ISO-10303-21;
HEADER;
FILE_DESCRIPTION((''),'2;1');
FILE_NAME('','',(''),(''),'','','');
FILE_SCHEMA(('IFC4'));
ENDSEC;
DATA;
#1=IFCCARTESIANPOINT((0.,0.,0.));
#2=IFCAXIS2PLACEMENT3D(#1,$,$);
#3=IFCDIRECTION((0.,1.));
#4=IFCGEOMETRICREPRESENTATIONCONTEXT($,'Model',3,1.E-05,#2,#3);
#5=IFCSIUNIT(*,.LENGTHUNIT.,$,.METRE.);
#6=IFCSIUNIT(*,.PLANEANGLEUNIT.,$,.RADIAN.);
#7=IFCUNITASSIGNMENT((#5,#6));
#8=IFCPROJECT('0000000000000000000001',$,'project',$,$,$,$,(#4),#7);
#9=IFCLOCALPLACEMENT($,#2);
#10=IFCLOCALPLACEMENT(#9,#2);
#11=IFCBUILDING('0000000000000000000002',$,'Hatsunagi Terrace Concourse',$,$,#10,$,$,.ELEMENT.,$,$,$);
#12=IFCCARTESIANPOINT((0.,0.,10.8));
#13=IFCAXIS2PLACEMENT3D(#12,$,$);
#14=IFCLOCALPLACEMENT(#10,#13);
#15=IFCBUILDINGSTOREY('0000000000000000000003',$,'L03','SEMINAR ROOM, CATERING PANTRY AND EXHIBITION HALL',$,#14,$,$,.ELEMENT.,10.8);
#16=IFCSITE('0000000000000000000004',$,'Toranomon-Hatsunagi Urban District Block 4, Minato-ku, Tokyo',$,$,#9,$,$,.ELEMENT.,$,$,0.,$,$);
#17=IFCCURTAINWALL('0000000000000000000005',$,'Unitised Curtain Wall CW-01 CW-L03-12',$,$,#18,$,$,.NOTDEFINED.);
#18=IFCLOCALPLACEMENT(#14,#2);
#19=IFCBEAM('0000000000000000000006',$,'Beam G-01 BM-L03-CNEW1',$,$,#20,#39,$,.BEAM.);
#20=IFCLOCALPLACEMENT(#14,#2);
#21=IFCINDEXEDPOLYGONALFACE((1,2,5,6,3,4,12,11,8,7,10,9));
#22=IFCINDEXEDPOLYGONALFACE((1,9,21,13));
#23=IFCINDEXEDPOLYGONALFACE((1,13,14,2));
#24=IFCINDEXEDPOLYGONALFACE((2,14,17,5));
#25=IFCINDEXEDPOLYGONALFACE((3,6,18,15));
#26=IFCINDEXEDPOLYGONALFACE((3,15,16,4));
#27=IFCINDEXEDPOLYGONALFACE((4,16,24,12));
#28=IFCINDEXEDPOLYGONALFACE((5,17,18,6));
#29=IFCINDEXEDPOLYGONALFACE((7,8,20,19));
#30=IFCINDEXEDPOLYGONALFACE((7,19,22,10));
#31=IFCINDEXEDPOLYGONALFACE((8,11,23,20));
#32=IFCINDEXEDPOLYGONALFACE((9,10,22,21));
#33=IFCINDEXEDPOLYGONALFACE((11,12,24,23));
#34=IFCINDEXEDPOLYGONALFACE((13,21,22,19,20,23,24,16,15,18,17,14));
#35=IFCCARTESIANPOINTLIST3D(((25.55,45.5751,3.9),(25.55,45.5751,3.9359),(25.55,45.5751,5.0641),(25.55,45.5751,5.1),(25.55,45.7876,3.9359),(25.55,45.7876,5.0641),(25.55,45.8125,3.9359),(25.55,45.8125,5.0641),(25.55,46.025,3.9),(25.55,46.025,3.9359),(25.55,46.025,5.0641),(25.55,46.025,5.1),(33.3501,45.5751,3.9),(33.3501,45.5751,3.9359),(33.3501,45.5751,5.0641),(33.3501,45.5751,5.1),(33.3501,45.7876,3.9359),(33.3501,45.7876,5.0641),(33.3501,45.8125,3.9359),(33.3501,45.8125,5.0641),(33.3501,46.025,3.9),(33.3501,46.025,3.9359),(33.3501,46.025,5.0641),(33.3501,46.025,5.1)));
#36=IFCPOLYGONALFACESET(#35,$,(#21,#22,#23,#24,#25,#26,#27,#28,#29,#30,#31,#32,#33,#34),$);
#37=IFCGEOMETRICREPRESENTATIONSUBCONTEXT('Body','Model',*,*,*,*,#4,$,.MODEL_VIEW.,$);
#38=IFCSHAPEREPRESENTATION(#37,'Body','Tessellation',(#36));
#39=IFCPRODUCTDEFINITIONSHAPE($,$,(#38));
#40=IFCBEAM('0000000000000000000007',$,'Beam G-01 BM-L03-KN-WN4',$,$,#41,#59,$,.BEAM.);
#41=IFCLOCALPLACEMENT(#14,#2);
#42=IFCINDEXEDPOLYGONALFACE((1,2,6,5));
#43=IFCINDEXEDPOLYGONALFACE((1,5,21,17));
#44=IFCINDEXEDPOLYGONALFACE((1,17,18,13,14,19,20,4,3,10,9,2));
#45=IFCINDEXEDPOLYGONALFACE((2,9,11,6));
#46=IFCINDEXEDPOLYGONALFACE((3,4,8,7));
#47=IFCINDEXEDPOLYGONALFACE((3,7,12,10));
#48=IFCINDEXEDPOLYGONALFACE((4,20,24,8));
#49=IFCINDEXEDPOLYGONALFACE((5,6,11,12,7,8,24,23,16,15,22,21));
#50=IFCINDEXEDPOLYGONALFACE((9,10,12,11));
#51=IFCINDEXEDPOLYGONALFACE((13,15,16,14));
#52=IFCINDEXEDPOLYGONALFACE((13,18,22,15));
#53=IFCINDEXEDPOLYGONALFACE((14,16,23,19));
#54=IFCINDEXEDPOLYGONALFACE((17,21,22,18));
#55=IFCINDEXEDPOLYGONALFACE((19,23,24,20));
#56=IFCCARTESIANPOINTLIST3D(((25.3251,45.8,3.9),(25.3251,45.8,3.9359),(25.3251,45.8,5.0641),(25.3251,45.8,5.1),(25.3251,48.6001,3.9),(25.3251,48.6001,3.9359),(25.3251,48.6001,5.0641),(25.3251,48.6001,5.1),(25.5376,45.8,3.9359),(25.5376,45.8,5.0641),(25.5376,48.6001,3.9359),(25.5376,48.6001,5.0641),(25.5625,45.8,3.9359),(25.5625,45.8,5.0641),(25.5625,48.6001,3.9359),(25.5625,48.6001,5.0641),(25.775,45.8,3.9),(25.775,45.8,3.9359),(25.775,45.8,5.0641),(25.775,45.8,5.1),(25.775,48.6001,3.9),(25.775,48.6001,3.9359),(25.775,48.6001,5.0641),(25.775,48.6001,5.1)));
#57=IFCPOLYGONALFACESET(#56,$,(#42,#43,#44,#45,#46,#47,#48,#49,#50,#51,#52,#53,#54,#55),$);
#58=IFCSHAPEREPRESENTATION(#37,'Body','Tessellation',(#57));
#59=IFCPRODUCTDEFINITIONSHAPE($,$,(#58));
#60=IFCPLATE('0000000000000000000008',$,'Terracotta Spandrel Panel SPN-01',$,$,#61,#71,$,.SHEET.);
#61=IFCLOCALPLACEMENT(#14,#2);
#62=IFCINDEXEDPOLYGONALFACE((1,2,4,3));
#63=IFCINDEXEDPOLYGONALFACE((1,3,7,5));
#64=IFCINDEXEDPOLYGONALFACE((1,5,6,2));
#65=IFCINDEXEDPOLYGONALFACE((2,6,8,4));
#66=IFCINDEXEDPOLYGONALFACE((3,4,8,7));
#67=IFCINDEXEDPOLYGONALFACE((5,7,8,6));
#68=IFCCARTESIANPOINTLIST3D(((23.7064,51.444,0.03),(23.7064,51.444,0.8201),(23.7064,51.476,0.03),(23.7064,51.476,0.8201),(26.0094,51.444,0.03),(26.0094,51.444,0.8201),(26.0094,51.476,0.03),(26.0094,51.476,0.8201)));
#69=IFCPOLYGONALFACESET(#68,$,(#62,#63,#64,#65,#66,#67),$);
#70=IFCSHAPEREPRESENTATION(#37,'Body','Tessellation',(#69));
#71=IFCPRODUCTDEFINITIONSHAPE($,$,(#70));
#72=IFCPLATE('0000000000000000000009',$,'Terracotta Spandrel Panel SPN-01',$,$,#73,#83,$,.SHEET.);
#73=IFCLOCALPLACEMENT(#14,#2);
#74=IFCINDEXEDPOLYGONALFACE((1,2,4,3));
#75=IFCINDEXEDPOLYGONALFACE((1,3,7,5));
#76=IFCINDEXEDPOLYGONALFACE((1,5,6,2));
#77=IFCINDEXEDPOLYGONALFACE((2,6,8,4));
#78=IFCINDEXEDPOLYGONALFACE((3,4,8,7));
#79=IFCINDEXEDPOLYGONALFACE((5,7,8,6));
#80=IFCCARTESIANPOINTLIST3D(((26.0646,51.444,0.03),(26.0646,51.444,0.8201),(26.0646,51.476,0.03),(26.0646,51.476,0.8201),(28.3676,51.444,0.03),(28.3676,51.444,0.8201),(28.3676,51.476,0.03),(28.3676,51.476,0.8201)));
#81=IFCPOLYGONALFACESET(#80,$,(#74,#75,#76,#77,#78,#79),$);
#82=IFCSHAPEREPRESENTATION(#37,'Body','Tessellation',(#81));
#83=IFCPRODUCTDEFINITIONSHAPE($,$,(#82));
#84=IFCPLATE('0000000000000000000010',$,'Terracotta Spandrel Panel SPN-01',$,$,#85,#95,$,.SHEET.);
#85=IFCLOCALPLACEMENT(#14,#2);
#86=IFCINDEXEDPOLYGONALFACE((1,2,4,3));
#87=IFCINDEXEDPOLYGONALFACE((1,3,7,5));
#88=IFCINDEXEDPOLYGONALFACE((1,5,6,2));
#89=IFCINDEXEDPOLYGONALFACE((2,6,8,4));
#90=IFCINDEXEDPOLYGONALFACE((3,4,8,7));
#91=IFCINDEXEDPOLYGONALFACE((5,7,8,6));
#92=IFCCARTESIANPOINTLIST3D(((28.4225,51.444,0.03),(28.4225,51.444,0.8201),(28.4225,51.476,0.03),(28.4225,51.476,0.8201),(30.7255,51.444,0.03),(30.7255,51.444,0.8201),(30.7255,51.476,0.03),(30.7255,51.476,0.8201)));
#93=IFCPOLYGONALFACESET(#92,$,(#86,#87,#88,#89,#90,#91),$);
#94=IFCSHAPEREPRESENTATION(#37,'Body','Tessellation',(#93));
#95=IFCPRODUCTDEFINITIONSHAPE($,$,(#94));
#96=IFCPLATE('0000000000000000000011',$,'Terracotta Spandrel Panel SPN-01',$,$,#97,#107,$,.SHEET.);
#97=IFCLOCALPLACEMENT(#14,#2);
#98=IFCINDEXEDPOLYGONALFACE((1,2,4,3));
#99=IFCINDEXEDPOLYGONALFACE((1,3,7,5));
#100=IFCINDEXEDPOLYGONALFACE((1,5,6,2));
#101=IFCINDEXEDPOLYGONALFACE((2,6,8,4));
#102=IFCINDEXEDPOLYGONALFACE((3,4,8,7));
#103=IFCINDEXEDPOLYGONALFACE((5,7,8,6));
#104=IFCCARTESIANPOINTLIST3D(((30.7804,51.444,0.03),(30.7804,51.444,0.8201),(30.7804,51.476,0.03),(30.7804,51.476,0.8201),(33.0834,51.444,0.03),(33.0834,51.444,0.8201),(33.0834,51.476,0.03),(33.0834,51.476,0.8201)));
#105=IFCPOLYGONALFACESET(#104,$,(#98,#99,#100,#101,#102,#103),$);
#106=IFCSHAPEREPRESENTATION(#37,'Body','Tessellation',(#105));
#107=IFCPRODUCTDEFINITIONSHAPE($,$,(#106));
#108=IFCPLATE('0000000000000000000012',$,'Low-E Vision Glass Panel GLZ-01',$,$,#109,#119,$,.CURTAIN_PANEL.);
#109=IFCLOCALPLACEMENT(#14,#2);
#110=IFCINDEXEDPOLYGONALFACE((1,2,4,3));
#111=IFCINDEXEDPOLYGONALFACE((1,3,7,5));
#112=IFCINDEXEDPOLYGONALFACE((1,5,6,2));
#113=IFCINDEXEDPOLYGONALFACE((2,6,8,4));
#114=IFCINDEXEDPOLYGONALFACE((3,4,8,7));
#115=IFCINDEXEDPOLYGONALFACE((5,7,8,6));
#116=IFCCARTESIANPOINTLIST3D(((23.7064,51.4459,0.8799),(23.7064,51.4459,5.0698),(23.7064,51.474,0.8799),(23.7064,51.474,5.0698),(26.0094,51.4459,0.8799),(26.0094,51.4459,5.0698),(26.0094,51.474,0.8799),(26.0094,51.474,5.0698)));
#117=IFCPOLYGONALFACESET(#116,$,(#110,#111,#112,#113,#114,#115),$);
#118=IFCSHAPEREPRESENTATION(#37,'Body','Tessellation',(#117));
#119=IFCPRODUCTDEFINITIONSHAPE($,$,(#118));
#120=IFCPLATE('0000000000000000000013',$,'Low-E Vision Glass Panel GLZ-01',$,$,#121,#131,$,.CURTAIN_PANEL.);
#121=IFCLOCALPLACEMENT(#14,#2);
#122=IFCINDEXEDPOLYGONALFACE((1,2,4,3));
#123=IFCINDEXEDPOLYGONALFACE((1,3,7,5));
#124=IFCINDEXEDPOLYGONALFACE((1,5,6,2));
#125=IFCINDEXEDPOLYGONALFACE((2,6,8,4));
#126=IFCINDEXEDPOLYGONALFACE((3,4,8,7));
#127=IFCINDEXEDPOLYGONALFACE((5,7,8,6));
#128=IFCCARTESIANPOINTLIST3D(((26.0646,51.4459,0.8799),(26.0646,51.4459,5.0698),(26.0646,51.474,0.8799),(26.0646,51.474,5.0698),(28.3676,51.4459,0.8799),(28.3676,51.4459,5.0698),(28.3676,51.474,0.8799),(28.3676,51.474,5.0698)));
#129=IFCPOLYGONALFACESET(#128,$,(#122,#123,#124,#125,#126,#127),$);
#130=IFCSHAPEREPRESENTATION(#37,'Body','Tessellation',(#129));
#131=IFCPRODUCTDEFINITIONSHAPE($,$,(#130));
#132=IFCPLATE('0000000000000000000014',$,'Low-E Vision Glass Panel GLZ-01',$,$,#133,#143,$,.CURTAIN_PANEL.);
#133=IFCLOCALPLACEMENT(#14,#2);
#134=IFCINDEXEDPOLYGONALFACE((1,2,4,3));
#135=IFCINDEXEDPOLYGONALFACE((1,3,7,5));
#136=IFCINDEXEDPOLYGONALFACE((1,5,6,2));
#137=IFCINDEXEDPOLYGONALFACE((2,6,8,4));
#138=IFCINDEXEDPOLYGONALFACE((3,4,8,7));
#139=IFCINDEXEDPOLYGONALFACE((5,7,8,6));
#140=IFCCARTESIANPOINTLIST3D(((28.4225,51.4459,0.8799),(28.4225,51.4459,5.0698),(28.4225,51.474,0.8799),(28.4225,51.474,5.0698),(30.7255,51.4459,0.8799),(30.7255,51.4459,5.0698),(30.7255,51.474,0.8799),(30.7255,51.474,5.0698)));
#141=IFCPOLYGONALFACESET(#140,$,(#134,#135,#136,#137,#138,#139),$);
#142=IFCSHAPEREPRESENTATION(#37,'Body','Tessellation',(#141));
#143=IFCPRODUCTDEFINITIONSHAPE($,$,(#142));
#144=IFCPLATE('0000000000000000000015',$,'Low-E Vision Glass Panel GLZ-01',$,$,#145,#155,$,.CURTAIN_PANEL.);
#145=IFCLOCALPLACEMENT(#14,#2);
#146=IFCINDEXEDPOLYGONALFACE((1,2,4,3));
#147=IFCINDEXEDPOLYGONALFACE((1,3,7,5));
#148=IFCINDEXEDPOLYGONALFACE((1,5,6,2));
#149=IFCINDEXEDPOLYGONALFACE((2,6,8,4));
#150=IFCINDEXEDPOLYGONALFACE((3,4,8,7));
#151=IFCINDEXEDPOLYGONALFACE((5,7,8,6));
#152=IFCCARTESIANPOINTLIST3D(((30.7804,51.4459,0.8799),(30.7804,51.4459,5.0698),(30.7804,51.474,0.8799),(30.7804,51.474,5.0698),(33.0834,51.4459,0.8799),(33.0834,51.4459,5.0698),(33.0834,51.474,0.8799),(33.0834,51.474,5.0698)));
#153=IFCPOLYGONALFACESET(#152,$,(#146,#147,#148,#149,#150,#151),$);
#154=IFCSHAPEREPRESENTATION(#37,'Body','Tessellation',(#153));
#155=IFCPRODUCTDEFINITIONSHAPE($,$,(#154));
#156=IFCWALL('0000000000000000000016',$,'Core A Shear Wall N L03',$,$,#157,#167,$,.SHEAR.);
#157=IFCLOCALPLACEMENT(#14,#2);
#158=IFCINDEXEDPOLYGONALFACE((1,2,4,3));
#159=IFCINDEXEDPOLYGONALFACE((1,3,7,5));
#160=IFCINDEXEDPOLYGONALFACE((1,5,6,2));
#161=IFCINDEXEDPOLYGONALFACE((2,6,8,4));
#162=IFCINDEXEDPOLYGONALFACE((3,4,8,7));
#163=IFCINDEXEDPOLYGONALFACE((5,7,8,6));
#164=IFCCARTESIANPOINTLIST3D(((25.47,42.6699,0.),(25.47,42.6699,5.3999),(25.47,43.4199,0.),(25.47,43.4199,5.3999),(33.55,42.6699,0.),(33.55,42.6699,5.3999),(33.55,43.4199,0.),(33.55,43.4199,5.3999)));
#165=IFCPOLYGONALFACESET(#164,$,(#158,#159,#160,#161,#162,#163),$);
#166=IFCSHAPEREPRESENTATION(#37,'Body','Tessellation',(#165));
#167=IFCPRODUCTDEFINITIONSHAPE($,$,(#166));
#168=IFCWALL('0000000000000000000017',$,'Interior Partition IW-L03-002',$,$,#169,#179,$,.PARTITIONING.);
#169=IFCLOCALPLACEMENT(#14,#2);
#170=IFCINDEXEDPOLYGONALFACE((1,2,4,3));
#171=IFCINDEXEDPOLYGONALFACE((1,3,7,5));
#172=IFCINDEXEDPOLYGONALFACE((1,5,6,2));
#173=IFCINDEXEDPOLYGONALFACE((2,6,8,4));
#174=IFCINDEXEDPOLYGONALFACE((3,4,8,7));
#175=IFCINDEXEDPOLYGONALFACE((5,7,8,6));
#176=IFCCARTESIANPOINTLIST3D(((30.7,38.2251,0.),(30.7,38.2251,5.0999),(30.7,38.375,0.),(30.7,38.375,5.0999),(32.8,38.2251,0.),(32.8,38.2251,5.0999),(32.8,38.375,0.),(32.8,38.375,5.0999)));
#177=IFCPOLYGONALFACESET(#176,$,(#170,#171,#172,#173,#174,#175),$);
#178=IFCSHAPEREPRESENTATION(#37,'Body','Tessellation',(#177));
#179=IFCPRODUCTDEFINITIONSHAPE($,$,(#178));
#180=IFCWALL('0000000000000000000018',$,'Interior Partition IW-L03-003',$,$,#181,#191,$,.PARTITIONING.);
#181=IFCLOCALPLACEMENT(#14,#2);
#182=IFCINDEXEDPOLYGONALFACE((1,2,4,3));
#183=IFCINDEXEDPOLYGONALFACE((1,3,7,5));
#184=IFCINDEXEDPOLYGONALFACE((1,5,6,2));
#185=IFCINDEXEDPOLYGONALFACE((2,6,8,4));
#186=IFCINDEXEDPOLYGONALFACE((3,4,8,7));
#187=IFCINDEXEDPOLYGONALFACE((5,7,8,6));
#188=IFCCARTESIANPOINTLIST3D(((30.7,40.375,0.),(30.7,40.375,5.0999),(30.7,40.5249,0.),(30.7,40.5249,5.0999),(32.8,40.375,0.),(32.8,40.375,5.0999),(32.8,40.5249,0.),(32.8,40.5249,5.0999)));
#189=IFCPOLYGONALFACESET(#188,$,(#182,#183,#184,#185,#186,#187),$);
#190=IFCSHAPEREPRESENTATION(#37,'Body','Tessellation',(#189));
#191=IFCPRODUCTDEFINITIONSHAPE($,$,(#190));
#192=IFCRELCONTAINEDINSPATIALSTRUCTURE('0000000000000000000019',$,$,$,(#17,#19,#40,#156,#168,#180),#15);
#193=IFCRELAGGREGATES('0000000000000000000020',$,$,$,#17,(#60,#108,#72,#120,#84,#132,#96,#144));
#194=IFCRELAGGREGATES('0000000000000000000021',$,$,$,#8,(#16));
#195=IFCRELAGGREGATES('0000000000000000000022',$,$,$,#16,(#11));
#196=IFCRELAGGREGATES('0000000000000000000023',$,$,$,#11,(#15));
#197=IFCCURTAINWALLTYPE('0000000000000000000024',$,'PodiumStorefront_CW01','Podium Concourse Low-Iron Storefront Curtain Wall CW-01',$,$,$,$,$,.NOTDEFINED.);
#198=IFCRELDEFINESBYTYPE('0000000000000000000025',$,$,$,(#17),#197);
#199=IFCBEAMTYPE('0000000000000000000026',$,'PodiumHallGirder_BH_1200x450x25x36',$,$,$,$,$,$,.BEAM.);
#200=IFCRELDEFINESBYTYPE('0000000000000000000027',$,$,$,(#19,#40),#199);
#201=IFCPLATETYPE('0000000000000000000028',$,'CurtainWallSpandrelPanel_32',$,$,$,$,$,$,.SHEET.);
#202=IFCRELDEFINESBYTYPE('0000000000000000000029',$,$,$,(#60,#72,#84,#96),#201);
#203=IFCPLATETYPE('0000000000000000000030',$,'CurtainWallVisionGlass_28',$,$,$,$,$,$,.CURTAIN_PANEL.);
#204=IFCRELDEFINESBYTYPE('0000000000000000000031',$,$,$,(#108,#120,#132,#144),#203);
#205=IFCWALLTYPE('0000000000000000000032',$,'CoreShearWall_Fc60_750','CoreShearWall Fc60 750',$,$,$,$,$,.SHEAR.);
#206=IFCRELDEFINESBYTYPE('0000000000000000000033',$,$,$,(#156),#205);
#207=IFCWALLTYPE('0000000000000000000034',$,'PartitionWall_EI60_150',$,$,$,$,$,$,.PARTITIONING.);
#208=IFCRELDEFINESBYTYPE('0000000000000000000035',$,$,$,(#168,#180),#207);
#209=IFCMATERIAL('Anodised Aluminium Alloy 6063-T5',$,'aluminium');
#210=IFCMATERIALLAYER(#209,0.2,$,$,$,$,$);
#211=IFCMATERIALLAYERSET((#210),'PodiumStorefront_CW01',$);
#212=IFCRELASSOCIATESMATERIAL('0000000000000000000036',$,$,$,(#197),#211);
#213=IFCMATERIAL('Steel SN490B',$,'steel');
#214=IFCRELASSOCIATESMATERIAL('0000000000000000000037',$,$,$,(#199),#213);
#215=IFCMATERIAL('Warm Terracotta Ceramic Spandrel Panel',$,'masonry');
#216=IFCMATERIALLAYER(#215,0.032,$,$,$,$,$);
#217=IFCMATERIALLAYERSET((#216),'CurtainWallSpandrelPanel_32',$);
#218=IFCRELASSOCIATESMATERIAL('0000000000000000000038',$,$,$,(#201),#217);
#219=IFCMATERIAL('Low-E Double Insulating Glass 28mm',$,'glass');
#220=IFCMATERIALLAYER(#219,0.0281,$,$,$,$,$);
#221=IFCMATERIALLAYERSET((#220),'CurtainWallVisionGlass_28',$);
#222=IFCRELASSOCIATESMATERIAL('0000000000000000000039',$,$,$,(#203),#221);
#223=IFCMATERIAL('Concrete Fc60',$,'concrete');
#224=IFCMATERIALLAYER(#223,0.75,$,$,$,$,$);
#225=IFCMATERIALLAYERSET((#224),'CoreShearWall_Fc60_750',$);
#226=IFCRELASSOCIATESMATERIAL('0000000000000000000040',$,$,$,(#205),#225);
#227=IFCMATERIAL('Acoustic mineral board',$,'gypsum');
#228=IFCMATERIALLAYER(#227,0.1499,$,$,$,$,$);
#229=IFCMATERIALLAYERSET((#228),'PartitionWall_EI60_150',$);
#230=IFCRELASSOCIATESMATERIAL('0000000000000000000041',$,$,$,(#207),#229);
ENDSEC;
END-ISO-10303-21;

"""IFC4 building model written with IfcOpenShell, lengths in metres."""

from ifc_helpers import new_model, si_unit, direction, frame, frame_2d, origin, origin_2d, place, context, subcontext, project, spatial, rectangle, i_section, extrude, material, layer, layer_set, material_profile, profile_set, type_object, element, aggregate, save


model = new_model("IFC4")

# Units and contexts
model_context = context("Model", 3, precision=1e-05, world=origin(), true_north=direction((0.0, 1.0)))
body_context = subcontext(model_context, "Body", "Model", "MODEL_VIEW")
ifc_project = project(units=[si_unit("LENGTHUNIT", "METRE"), si_unit("PLANEANGLEUNIT", "RADIAN")], contexts=[model_context])

# Site, building, storey
site_placement = place(None, origin())
site = spatial("IfcSite", under=ifc_project, at=site_placement, Name="Toranomon-Hatsunagi Urban District Block 4, Minato-ku, Tokyo", CompositionType="ELEMENT", RefElevation=0.0)
building_placement = place(site_placement, origin())
building = spatial("IfcBuilding", under=site, at=building_placement, Name="Hatsunagi Terrace Concourse", CompositionType="ELEMENT")
storey_placement = place(building_placement, frame((0.0, 0.0, 10.8)))
storey = spatial("IfcBuildingStorey", under=building, at=storey_placement, Name="L03", Description="SEMINAR ROOM, CATERING PANTRY AND EXHIBITION HALL", CompositionType="ELEMENT", Elevation=10.8)

# Curtain wall
ifc_material_1 = material(Name="Anodised Aluminium Alloy 6063-T5", Category="aluminium")
ifc_layer_1 = layer(ifc_material_1, 0.2)
ifc_layer_set_1 = layer_set([ifc_layer_1], Name="PodiumStorefront_CW01")
curtain_wall_type = type_object("IfcCurtainWallType", Name="PodiumStorefront_CW01", Description="Podium Concourse Low-Iron Storefront Curtain Wall CW-01", PredefinedType="NOTDEFINED", material=ifc_layer_set_1)
curtain_wall_placement = place(storey_placement, origin())
curtain_wall = element("IfcCurtainWall", 1, at=curtain_wall_placement, inside=storey, type_object=curtain_wall_type, Name="Unitised Curtain Wall CW-01 CW-L03-12", PredefinedType="NOTDEFINED")

# Beams
ifc_material_2 = material(Name="Steel SN490B", Category="steel")
ifc_material_profile_1 = material_profile(ifc_material_2, i_section(OverallWidth=0.45, OverallDepth=1.2, WebThickness=0.0249, FlangeThickness=0.0359, at=origin_2d()), Name="BH-1200x450x25x36")
ifc_profile_set_1 = profile_set([ifc_material_profile_1], Name="Steel SN490B")
beam_type_1 = type_object("IfcBeamType", Name="PodiumHallGirder_BH_1200x450x25x36", PredefinedType="BEAM", material=ifc_profile_set_1)
beam_1_placement = place(storey_placement, frame((25.55, 45.8, 4.5), z_axis=(1.0, 0.0, 0.0), x_axis=(0.0, 1.0, 0.0)))
element("IfcBeam", 2, at=beam_1_placement, inside=storey, type_object=beam_type_1, Name="Beam G-01 BM-L03-CNEW1", PredefinedType="BEAM", context=body_context, shape_type="SweptSolid", body=[
    extrude(i_section(OverallWidth=0.45, OverallDepth=1.2, WebThickness=0.0249, FlangeThickness=0.0359, at=origin_2d()), origin(), (0.0, 0.0, 1.0), 7.8),
])
beam_2_placement = place(storey_placement, frame((25.55, 45.8, 4.5), z_axis=(0.0, 1.0, 0.0), x_axis=(-1.0, 0.0, 0.0)))
element("IfcBeam", 3, at=beam_2_placement, inside=storey, type_object=beam_type_1, Name="Beam G-01 BM-L03-KN-WN4", PredefinedType="BEAM", context=body_context, shape_type="SweptSolid", body=[
    extrude(i_section(OverallWidth=0.45, OverallDepth=1.2, WebThickness=0.0249, FlangeThickness=0.0359, at=origin_2d()), origin(), (0.0, 0.0, 1.0), 2.8),
])

# Plates
ifc_material_3 = material(Name="Warm Terracotta Ceramic Spandrel Panel", Category="masonry")
ifc_layer_2 = layer(ifc_material_3, 0.032)
ifc_layer_set_2 = layer_set([ifc_layer_2], Name="CurtainWallSpandrelPanel_32")
plate_type_1 = type_object("IfcPlateType", Name="CurtainWallSpandrelPanel_32", PredefinedType="SHEET", material=ifc_layer_set_2)
plate_1_placement = place(storey_placement, frame((24.8579, 51.46, 0.03), z_axis=(0.0, 0.0, 1.0), x_axis=(1.0, 0.0, 0.0)))
plate_1 = element("IfcPlate", 4, at=plate_1_placement, type_object=plate_type_1, Name="Terracotta Spandrel Panel SPN-01", PredefinedType="SHEET", context=body_context, shape_type="SweptSolid", body=[
    extrude(rectangle(XDim=2.303, YDim=0.032, at=origin_2d()), origin(), (0.0, 0.0, 1.0), 0.79),
])
plate_2_placement = place(storey_placement, frame((27.2161, 51.46, 0.03), z_axis=(0.0, 0.0, 1.0), x_axis=(1.0, 0.0, 0.0)))
plate_2 = element("IfcPlate", 5, at=plate_2_placement, type_object=plate_type_1, Name="Terracotta Spandrel Panel SPN-01", PredefinedType="SHEET", context=body_context, shape_type="SweptSolid", body=[
    extrude(rectangle(XDim=2.303, YDim=0.032, at=origin_2d()), origin(), (0.0, 0.0, 1.0), 0.79),
])
plate_3_placement = place(storey_placement, frame((29.574, 51.46, 0.03), z_axis=(0.0, 0.0, 1.0), x_axis=(1.0, 0.0, 0.0)))
plate_3 = element("IfcPlate", 6, at=plate_3_placement, type_object=plate_type_1, Name="Terracotta Spandrel Panel SPN-01", PredefinedType="SHEET", context=body_context, shape_type="SweptSolid", body=[
    extrude(rectangle(XDim=2.303, YDim=0.032, at=origin_2d()), origin(), (0.0, 0.0, 1.0), 0.79),
])
plate_4_placement = place(storey_placement, frame((31.9319, 51.46, 0.03), z_axis=(0.0, 0.0, 1.0), x_axis=(1.0, 0.0, 0.0)))
plate_4 = element("IfcPlate", 7, at=plate_4_placement, type_object=plate_type_1, Name="Terracotta Spandrel Panel SPN-01", PredefinedType="SHEET", context=body_context, shape_type="SweptSolid", body=[
    extrude(rectangle(XDim=2.303, YDim=0.032, at=origin_2d()), origin(), (0.0, 0.0, 1.0), 0.79),
])
ifc_material_4 = material(Name="Low-E Double Insulating Glass 28mm", Category="glass")
ifc_layer_3 = layer(ifc_material_4, 0.0281)
ifc_layer_set_3 = layer_set([ifc_layer_3], Name="CurtainWallVisionGlass_28")
plate_type_2 = type_object("IfcPlateType", Name="CurtainWallVisionGlass_28", PredefinedType="CURTAIN_PANEL", material=ifc_layer_set_3)
plate_5_placement = place(storey_placement, frame((24.8579, 51.46, 0.8799), z_axis=(0.0, 0.0, 1.0), x_axis=(1.0, 0.0, 0.0)))
plate_5 = element("IfcPlate", 8, at=plate_5_placement, type_object=plate_type_2, Name="Low-E Vision Glass Panel GLZ-01", PredefinedType="CURTAIN_PANEL", context=body_context, shape_type="SweptSolid", body=[
    extrude(rectangle(XDim=2.303, YDim=0.0281, at=origin_2d()), origin(), (0.0, 0.0, 1.0), 4.1899),
])
plate_6_placement = place(storey_placement, frame((27.2161, 51.46, 0.8799), z_axis=(0.0, 0.0, 1.0), x_axis=(1.0, 0.0, 0.0)))
plate_6 = element("IfcPlate", 9, at=plate_6_placement, type_object=plate_type_2, Name="Low-E Vision Glass Panel GLZ-01", PredefinedType="CURTAIN_PANEL", context=body_context, shape_type="SweptSolid", body=[
    extrude(rectangle(XDim=2.303, YDim=0.0281, at=origin_2d()), origin(), (0.0, 0.0, 1.0), 4.1899),
])
plate_7_placement = place(storey_placement, frame((29.574, 51.46, 0.8799), z_axis=(0.0, 0.0, 1.0), x_axis=(1.0, 0.0, 0.0)))
plate_7 = element("IfcPlate", 10, at=plate_7_placement, type_object=plate_type_2, Name="Low-E Vision Glass Panel GLZ-01", PredefinedType="CURTAIN_PANEL", context=body_context, shape_type="SweptSolid", body=[
    extrude(rectangle(XDim=2.303, YDim=0.0281, at=origin_2d()), origin(), (0.0, 0.0, 1.0), 4.1899),
])
plate_8_placement = place(storey_placement, frame((31.9319, 51.46, 0.8799), z_axis=(0.0, 0.0, 1.0), x_axis=(1.0, 0.0, 0.0)))
plate_8 = element("IfcPlate", 11, at=plate_8_placement, type_object=plate_type_2, Name="Low-E Vision Glass Panel GLZ-01", PredefinedType="CURTAIN_PANEL", context=body_context, shape_type="SweptSolid", body=[
    extrude(rectangle(XDim=2.303, YDim=0.0281, at=origin_2d()), origin(), (0.0, 0.0, 1.0), 4.1899),
])
aggregate(curtain_wall, [plate_1, plate_5, plate_2, plate_6, plate_3, plate_7, plate_4, plate_8])

# Walls
ifc_material_5 = material(Name="Concrete Fc60", Category="concrete")
ifc_layer_4 = layer(ifc_material_5, 0.75)
ifc_layer_set_4 = layer_set([ifc_layer_4], Name="CoreShearWall_Fc60_750")
wall_type_1 = type_object("IfcWallType", Name="CoreShearWall_Fc60_750", Description="CoreShearWall Fc60 750", PredefinedType="SHEAR", material=ifc_layer_set_4)
wall_1_placement = place(storey_placement, frame((25.47, 43.0449, 0.0), z_axis=(0.0, 0.0, 1.0), x_axis=(1.0, 0.0, 0.0)))
element("IfcWall", 12, at=wall_1_placement, inside=storey, type_object=wall_type_1, Name="Core A Shear Wall N L03", PredefinedType="SHEAR", context=body_context, shape_type="SweptSolid", body=[
    extrude(rectangle(XDim=8.0801, YDim=0.75, at=frame_2d((4.04, 0.0))), origin(), (0.0, 0.0, 1.0), 5.3999),
])
ifc_material_6 = material(Name="Acoustic mineral board", Category="gypsum")
ifc_layer_5 = layer(ifc_material_6, 0.1499)
ifc_layer_set_5 = layer_set([ifc_layer_5], Name="PartitionWall_EI60_150")
wall_type_2 = type_object("IfcWallType", Name="PartitionWall_EI60_150", PredefinedType="PARTITIONING", material=ifc_layer_set_5)
for number, where, z_axis, x_axis, name in (
    (13, (30.7, 38.3, 0.0), (0.0, 0.0, 1.0), (1.0, 0.0, 0.0), "Interior Partition IW-L03-002"),
    (14, (30.7, 40.45, 0.0), (0.0, 0.0, 1.0), (1.0, 0.0, 0.0), "Interior Partition IW-L03-003"),
):
    element("IfcWall", number, at=place(storey_placement, frame(where, z_axis=z_axis, x_axis=x_axis)), inside=storey, type_object=wall_type_2, Name=name, PredefinedType="PARTITIONING", context=body_context, shape_type="SweptSolid", body=[
        extrude(rectangle(XDim=2.1001, YDim=0.1499, at=frame_2d((1.05, 0.0))), origin(), (0.0, 0.0, 1.0), 5.0999),
    ])

save(model, "model.ifc")
